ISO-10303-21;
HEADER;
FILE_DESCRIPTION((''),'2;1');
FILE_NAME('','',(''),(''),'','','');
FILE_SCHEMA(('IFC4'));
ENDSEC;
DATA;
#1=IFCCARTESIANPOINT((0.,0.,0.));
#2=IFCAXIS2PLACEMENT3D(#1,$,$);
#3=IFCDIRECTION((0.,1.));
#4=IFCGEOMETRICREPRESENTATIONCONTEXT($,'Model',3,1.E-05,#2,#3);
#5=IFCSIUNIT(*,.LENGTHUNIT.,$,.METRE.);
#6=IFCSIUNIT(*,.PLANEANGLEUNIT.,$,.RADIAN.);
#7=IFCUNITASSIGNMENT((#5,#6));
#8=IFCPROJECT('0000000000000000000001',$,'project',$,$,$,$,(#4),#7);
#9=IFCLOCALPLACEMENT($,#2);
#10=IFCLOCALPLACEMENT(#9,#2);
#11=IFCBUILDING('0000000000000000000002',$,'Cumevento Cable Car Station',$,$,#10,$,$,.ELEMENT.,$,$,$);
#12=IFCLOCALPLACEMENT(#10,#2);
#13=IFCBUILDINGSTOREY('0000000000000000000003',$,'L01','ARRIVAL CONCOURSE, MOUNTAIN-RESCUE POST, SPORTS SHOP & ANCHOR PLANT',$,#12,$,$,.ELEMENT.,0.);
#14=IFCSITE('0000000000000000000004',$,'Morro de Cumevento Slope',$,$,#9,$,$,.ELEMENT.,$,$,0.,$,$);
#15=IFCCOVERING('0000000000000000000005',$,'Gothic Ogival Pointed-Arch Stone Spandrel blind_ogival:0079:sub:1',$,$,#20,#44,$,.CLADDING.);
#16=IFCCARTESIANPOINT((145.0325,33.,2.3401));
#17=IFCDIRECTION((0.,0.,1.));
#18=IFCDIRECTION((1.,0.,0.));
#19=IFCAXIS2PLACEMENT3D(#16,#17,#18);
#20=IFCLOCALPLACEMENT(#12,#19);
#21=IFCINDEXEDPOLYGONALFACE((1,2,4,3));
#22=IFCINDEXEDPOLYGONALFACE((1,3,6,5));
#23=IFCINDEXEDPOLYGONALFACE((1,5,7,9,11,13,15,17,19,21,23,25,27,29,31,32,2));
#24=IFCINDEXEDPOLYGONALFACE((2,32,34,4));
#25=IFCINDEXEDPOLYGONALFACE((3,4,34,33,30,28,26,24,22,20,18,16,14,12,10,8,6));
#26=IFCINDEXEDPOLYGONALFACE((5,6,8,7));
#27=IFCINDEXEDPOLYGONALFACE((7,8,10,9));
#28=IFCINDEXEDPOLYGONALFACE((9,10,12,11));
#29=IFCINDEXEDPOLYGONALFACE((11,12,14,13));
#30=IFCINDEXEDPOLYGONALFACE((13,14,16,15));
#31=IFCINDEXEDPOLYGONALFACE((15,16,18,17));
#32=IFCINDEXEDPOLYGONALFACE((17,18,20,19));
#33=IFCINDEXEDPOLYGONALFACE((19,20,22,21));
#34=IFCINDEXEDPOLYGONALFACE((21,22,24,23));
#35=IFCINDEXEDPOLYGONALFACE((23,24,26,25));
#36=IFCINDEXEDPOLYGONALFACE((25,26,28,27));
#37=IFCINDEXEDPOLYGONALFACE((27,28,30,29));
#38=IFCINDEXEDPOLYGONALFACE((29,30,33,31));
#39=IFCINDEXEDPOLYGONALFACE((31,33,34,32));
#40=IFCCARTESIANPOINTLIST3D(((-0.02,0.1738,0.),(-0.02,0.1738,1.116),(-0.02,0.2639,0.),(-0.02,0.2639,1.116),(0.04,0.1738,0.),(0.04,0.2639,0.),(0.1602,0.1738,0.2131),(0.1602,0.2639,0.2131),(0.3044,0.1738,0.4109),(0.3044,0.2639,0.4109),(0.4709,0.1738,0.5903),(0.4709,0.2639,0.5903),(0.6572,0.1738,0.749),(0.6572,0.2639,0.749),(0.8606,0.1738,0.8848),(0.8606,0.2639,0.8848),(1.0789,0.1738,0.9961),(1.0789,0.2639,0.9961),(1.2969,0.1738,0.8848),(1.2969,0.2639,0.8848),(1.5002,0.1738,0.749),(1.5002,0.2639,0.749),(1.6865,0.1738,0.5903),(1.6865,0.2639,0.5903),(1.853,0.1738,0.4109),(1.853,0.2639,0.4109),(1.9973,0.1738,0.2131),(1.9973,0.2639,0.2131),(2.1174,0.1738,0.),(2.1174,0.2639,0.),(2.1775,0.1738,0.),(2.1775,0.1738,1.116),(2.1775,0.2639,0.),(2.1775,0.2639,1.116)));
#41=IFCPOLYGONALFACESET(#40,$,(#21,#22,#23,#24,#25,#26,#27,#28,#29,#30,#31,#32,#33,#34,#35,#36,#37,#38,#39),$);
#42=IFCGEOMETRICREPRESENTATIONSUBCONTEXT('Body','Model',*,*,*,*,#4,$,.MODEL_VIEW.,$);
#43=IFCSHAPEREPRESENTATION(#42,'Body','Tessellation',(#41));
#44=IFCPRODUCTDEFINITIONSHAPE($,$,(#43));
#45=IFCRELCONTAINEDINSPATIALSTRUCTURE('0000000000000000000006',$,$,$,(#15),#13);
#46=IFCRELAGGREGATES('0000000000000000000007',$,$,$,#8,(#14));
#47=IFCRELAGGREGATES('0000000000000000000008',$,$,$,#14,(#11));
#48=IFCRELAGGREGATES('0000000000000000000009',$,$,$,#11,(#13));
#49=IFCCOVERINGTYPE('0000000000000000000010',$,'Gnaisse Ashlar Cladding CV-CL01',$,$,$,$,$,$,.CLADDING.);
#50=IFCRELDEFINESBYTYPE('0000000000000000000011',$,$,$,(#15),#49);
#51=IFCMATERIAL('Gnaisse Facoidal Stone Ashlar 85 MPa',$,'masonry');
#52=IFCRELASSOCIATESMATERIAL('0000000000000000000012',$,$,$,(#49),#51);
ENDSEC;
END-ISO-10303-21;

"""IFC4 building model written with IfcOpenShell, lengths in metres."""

from ifc_helpers import new_model, si_unit, direction, frame, origin, place, context, subcontext, project, spatial, polyline, outline, extrude, material, type_object, element, save


model = new_model("IFC4")

# Units and contexts
model_context = context("Model", 3, precision=1e-05, world=origin(), true_north=direction((0.0, 1.0)))
body_context = subcontext(model_context, "Body", "Model", "MODEL_VIEW")
ifc_project = project(units=[si_unit("LENGTHUNIT", "METRE"), si_unit("PLANEANGLEUNIT", "RADIAN")], contexts=[model_context])

# Site, building, storey
site_placement = place(None, origin())
site = spatial("IfcSite", under=ifc_project, at=site_placement, Name="Morro de Cumevento Slope", CompositionType="ELEMENT", RefElevation=0.0)
building_placement = place(site_placement, origin())
building = spatial("IfcBuilding", under=site, at=building_placement, Name="Cumevento Cable Car Station", CompositionType="ELEMENT")
storey_placement = place(building_placement, origin())
storey = spatial("IfcBuildingStorey", under=building, at=storey_placement, Name="L01", Description="ARRIVAL CONCOURSE, MOUNTAIN-RESCUE POST, SPORTS SHOP & ANCHOR PLANT", CompositionType="ELEMENT", Elevation=0.0)

# Covering
ifc_material_1 = material(Name="Gnaisse Facoidal Stone Ashlar 85 MPa", Category="masonry")
covering_type = type_object("IfcCoveringType", Name="Gnaisse Ashlar Cladding CV-CL01", PredefinedType="CLADDING", material=ifc_material_1)
for number, where, z_axis, x_axis, name in (
    (1, (145.0325, 33.0, 2.3401), (0.0, 0.0, 1.0), (1.0, 0.0, 0.0), "Gothic Ogival Pointed-Arch Stone Spandrel blind_ogival:0079:sub:1"),
):
    element("IfcCovering", number, at=place(storey_placement, frame(where, z_axis=z_axis, x_axis=x_axis)), inside=storey, type_object=covering_type, Name=name, PredefinedType="CLADDING", context=body_context, shape_type="SweptSolid", body=[
        extrude(outline(polyline([(-0.02, 0.0), (-0.02, 1.116), (2.1775, 1.116), (2.1775, 0.0), (2.1174, 0.0), (1.9973, 0.2131), (1.853, 0.4109), (1.6865, 0.5903), (1.5002, 0.749), (1.2969, 0.8848), (1.0789, 0.9961), (0.8606, 0.8848), (0.6572, 0.749), (0.4709, 0.5903), (0.3044, 0.4109), (0.1602, 0.2131), (0.04, 0.0), (-0.02, 0.0)])), frame((0.0, 0.2639, 0.0), z_axis=(0.0, -1.0, 0.0), x_axis=(1.0, 0.0, 0.0)), (0.0, 0.0, 1.0), 0.0901),
    ])

save(model, "model.ifc")
